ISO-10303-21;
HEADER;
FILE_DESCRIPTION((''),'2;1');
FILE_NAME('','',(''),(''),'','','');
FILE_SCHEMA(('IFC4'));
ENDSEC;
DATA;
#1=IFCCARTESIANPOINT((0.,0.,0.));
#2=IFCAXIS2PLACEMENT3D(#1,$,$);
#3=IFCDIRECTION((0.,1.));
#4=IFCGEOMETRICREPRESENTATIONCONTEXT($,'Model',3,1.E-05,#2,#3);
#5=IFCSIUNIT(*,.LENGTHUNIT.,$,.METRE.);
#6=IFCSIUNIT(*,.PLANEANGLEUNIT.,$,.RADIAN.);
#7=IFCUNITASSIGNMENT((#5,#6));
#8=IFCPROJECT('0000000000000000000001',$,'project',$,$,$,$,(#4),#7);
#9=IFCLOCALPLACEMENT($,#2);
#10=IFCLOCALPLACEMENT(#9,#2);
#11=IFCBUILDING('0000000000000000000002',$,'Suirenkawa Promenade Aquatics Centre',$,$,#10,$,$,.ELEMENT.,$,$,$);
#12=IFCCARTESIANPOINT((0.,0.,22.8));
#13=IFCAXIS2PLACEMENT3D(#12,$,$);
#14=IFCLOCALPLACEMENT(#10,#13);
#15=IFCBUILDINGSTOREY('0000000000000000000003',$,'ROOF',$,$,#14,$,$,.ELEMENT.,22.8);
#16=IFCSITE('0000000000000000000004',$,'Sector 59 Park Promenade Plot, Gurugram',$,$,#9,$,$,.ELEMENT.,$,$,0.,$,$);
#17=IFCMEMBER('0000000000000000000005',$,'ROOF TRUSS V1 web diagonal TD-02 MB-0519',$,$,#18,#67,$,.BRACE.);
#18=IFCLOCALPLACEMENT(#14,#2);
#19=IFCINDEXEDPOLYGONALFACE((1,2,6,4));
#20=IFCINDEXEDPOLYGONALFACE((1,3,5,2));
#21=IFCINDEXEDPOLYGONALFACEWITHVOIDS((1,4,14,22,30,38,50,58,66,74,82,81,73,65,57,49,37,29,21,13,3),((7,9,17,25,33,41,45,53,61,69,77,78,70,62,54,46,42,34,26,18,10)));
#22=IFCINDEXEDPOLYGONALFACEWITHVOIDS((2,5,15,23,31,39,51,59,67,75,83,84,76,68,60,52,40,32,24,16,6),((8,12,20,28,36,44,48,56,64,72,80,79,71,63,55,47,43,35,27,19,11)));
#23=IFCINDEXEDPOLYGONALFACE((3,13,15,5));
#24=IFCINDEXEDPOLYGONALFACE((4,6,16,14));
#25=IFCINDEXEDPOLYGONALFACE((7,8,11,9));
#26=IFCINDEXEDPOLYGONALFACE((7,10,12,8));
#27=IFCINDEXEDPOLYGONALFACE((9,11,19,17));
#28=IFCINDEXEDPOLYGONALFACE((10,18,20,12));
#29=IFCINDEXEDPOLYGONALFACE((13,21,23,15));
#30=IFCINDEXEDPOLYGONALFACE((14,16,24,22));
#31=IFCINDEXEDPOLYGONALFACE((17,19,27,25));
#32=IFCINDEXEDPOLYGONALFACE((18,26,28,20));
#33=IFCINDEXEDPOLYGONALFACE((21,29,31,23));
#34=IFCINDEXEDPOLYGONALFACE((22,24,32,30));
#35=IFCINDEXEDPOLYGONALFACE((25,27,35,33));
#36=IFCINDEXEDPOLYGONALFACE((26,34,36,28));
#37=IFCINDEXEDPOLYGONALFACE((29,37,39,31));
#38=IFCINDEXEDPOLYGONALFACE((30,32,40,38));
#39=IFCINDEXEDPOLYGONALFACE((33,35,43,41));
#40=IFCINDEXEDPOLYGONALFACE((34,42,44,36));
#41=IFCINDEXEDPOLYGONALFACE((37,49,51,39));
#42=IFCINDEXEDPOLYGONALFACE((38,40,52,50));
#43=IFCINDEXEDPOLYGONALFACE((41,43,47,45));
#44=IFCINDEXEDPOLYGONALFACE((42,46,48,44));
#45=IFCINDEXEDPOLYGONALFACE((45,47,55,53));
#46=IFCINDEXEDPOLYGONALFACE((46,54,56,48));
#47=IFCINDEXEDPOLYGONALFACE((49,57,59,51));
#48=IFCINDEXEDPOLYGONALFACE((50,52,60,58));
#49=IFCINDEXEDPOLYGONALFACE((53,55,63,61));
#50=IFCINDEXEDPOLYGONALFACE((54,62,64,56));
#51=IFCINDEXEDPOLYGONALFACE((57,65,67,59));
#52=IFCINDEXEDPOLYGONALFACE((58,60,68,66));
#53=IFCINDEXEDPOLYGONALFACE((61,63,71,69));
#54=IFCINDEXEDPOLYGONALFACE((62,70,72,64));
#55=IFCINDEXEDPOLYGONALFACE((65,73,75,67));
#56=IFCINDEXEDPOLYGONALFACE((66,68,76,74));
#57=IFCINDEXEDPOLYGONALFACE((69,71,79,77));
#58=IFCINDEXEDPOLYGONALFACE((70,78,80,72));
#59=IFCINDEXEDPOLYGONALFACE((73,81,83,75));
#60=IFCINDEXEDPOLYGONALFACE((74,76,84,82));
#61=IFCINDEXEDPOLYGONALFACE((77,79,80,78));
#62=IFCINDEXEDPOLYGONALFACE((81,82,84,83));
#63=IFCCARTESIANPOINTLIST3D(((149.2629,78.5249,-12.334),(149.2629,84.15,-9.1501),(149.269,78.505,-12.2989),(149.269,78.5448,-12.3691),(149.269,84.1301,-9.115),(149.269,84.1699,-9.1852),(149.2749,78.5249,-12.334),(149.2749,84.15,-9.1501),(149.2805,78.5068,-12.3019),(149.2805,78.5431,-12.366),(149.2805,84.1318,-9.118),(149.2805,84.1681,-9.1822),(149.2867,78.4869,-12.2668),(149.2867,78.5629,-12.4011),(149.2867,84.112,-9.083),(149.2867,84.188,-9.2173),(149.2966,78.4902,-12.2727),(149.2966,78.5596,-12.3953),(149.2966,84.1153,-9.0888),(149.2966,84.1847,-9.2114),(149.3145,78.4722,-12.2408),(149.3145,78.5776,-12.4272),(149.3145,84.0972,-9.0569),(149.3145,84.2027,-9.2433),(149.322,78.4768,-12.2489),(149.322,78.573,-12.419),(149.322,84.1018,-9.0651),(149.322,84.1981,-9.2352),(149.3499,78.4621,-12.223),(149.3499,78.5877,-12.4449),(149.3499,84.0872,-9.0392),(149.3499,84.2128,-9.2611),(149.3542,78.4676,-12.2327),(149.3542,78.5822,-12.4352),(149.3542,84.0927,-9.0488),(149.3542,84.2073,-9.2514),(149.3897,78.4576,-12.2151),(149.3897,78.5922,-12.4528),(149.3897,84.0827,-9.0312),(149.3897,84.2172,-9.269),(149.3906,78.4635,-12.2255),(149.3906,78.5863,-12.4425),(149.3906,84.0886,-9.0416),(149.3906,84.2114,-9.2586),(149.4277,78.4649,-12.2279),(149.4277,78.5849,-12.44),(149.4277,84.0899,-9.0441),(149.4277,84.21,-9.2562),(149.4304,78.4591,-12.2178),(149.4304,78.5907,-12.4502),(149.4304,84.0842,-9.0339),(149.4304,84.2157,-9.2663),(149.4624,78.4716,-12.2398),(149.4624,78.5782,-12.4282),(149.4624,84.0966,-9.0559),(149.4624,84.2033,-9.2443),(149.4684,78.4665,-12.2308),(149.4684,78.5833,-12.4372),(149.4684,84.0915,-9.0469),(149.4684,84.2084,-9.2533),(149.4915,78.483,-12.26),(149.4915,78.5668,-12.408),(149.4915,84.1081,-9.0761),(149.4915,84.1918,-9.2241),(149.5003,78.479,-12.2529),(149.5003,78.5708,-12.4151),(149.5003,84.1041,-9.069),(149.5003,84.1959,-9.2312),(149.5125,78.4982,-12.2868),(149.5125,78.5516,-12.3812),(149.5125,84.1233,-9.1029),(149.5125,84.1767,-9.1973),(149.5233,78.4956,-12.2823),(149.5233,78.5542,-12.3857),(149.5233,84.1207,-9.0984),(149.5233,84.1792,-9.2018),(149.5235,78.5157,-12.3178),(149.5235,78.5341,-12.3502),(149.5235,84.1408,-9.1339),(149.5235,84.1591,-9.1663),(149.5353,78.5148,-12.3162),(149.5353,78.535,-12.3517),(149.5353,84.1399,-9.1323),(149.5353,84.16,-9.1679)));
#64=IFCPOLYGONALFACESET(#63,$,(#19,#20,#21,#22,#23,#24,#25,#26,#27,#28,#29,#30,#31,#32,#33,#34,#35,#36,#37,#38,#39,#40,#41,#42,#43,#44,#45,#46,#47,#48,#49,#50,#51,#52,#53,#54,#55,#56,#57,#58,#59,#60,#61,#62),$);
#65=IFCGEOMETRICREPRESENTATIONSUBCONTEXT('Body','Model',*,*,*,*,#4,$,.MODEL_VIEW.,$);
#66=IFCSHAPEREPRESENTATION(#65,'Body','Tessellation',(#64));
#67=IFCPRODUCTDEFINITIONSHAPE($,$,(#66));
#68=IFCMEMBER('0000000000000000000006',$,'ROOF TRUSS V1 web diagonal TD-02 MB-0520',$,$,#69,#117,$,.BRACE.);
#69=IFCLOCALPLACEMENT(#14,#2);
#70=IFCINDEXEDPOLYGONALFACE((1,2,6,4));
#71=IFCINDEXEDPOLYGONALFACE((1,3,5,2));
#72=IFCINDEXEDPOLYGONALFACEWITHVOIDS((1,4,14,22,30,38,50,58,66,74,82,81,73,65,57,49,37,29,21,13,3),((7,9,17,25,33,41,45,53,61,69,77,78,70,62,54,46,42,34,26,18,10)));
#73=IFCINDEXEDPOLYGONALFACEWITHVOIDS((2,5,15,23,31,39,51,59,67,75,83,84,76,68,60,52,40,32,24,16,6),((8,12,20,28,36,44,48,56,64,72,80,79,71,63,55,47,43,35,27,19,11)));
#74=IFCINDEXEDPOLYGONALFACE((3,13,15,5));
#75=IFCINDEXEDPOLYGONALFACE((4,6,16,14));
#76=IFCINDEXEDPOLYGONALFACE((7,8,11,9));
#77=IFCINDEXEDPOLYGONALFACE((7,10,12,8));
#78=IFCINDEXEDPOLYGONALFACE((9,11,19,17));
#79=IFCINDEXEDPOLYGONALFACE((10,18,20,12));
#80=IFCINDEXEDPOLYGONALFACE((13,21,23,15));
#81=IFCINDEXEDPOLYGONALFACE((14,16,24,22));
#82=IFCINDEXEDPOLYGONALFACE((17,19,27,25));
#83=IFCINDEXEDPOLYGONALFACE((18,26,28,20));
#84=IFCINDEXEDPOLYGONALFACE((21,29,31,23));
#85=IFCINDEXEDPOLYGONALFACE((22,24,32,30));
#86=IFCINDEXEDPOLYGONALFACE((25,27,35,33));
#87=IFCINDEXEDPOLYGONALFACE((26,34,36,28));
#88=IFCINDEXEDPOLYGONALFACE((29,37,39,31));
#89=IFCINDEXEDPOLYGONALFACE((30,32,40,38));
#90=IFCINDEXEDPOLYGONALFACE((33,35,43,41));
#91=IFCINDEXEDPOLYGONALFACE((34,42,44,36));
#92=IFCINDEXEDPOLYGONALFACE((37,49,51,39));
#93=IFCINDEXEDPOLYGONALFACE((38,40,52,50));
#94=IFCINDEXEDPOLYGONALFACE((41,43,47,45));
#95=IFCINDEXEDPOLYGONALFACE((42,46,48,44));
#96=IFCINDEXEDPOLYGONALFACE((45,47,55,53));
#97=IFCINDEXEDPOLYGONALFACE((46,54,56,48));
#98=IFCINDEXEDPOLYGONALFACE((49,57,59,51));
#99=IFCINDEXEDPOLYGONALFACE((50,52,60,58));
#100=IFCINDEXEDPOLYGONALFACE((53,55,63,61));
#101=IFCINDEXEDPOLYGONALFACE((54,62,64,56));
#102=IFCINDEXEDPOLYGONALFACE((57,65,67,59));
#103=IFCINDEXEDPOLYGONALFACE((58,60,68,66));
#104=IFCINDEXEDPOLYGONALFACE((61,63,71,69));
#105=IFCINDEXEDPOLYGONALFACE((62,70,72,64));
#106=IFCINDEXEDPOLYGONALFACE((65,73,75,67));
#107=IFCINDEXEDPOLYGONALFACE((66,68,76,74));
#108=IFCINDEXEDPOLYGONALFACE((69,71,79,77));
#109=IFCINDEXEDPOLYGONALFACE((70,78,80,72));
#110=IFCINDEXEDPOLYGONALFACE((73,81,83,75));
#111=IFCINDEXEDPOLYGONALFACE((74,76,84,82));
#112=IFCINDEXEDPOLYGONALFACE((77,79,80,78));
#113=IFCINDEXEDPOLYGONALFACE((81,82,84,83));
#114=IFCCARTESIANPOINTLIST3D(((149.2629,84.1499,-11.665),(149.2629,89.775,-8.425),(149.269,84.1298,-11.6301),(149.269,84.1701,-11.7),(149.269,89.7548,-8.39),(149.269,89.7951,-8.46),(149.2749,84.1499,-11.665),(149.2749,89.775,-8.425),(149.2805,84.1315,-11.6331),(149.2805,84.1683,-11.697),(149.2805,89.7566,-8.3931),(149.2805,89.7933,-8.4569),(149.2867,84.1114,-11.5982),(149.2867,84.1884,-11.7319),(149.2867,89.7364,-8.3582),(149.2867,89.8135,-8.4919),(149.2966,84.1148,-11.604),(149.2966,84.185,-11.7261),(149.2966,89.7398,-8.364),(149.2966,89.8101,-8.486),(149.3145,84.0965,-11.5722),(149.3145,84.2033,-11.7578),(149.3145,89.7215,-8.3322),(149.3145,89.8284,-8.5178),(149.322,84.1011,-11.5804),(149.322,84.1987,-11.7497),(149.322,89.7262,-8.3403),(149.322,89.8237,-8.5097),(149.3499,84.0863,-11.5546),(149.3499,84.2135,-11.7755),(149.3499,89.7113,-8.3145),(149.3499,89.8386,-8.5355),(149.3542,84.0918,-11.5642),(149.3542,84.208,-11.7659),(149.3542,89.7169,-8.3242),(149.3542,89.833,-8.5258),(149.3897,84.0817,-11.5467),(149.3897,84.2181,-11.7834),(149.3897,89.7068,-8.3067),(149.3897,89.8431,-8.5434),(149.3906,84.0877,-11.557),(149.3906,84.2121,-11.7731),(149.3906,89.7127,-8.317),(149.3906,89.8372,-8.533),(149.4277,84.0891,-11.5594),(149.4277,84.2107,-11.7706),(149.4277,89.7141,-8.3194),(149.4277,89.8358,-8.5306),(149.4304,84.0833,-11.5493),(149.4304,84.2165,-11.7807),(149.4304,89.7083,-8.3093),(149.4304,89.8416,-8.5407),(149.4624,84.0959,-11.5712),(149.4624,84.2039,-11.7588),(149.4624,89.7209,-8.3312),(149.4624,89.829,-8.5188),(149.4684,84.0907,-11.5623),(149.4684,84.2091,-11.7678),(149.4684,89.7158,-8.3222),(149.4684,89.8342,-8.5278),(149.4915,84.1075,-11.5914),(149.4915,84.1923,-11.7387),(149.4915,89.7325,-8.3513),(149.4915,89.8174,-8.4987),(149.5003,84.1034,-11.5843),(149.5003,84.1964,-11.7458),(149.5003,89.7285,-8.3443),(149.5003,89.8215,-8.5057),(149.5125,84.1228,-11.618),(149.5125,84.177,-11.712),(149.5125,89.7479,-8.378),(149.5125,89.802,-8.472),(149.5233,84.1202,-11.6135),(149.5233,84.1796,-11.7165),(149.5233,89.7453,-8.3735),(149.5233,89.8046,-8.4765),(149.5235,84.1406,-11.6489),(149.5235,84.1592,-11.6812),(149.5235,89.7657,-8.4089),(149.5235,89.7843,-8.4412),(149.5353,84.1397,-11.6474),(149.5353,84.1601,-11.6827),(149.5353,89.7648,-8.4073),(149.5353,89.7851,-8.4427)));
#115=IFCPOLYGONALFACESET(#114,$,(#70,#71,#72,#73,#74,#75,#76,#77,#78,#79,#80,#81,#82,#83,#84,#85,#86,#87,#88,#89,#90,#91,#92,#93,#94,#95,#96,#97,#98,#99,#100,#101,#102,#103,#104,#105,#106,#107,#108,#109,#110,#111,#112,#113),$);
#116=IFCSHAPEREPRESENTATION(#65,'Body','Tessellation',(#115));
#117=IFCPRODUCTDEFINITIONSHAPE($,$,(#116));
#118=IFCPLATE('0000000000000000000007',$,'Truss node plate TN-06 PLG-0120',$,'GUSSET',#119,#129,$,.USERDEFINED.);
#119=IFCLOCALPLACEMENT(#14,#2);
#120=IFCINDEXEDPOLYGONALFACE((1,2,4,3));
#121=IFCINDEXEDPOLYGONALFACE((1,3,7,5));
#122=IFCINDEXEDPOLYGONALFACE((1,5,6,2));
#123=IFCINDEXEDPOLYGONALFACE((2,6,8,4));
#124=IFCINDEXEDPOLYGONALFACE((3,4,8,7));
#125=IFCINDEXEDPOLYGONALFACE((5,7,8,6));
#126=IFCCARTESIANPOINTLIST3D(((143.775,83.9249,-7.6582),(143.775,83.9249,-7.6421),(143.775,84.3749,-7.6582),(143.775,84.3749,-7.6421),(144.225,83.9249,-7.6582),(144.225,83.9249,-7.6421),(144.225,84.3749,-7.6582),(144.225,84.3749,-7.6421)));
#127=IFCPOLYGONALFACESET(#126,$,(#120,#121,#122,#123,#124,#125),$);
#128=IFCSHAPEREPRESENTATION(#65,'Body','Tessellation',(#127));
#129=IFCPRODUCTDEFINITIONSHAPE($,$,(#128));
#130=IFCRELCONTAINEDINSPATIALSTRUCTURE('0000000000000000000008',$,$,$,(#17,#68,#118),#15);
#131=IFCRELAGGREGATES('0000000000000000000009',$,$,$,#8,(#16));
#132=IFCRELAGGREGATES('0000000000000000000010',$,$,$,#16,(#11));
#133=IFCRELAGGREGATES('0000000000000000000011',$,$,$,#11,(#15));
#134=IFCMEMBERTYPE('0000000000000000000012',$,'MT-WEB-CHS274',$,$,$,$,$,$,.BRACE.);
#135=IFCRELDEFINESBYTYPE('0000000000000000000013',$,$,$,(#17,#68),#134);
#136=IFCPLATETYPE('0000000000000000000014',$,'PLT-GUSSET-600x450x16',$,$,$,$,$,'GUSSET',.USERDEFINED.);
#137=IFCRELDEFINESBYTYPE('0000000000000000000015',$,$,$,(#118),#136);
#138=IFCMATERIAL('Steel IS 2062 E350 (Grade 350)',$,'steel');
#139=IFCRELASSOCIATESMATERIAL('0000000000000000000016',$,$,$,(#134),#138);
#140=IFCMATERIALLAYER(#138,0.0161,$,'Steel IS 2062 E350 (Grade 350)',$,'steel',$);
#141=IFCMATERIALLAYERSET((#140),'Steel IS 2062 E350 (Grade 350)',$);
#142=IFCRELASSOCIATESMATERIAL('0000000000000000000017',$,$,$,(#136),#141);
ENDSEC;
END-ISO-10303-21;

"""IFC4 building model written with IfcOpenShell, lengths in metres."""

from ifc_helpers import new_model, si_unit, direction, frame, origin, origin_2d, place, context, subcontext, project, spatial, rectangle, hollow_circle, extrude, material, layer, layer_set, material_profile, profile_set, type_object, element, save


model = new_model("IFC4")

# Units and contexts
model_context = context("Model", 3, precision=1e-05, world=origin(), true_north=direction((0.0, 1.0)))
body_context = subcontext(model_context, "Body", "Model", "MODEL_VIEW")
ifc_project = project(units=[si_unit("LENGTHUNIT", "METRE"), si_unit("PLANEANGLEUNIT", "RADIAN")], contexts=[model_context])

# Site, building, storey
site_placement = place(None, origin())
site = spatial("IfcSite", under=ifc_project, at=site_placement, Name="Sector 59 Park Promenade Plot, Gurugram", CompositionType="ELEMENT", RefElevation=0.0)
building_placement = place(site_placement, origin())
building = spatial("IfcBuilding", under=site, at=building_placement, Name="Suirenkawa Promenade Aquatics Centre", CompositionType="ELEMENT")
storey_placement = place(building_placement, frame((0.0, 0.0, 22.8)))
storey = spatial("IfcBuildingStorey", under=building, at=storey_placement, Name="ROOF", CompositionType="ELEMENT", Elevation=22.8)

# Shared definitions
ifc_material = material(Name="Steel IS 2062 E350 (Grade 350)", Category="steel")

# Members
ifc_material_profile_1 = material_profile(ifc_material, hollow_circle(Radius=0.137, WallThickness=0.012, at=origin_2d()), Name="CHS 274x12", Category="steel")
ifc_profile_set_1 = profile_set([ifc_material_profile_1], Name="Steel IS 2062 E350 (Grade 350)")
member_type_1 = type_object("IfcMemberType", Name="MT-WEB-CHS274", PredefinedType="BRACE", material=ifc_profile_set_1)
member_1_placement = place(storey_placement, frame((149.3999, 78.5249, -12.334), z_axis=(0.0, 0.870265, 0.492584), x_axis=(-1.0, 0.0, 0.0)))
element("IfcMember", 1, at=member_1_placement, inside=storey, type_object=member_type_1, Name="ROOF TRUSS V1 web diagonal TD-02 MB-0519", PredefinedType="BRACE", context=body_context, shape_type="SweptSolid", body=[
    extrude(hollow_circle(Radius=0.137, WallThickness=0.012, at=origin_2d()), origin(), (0.0, 0.0, 1.0), 6.4636),
])
member_2_placement = place(storey_placement, frame((149.3999, 84.1499, -11.665), z_axis=(0.0, 0.866532, 0.499121), x_axis=(-1.0, 0.0, 0.0)))
element("IfcMember", 2, at=member_2_placement, inside=storey, type_object=member_type_1, Name="ROOF TRUSS V1 web diagonal TD-02 MB-0520", PredefinedType="BRACE", context=body_context, shape_type="SweptSolid", body=[
    extrude(hollow_circle(Radius=0.137, WallThickness=0.012, at=origin_2d()), origin(), (0.0, 0.0, 1.0), 6.4915),
])

# Plate
ifc_layer = layer(ifc_material, 0.0161, Name="Steel IS 2062 E350 (Grade 350)", Category="steel")
ifc_layer_set = layer_set([ifc_layer], Name="Steel IS 2062 E350 (Grade 350)")
plate_type = type_object("IfcPlateType", Name="PLT-GUSSET-600x450x16", ElementType="GUSSET", PredefinedType="USERDEFINED", material=ifc_layer_set)
plate_placement = place(storey_placement, frame((144.0, 84.1499, -7.6582), z_axis=(0.0, 0.0, 1.0), x_axis=(1.0, 0.0, 0.0)))
element("IfcPlate", 3, at=plate_placement, inside=storey, type_object=plate_type, Name="Truss node plate TN-06 PLG-0120", ObjectType="GUSSET", PredefinedType="USERDEFINED", context=body_context, shape_type="SweptSolid", body=[
    extrude(rectangle(XDim=0.45, YDim=0.45, at=origin_2d()), origin(), (0.0, 0.0, 1.0), 0.0161),
])

save(model, "model.ifc")
